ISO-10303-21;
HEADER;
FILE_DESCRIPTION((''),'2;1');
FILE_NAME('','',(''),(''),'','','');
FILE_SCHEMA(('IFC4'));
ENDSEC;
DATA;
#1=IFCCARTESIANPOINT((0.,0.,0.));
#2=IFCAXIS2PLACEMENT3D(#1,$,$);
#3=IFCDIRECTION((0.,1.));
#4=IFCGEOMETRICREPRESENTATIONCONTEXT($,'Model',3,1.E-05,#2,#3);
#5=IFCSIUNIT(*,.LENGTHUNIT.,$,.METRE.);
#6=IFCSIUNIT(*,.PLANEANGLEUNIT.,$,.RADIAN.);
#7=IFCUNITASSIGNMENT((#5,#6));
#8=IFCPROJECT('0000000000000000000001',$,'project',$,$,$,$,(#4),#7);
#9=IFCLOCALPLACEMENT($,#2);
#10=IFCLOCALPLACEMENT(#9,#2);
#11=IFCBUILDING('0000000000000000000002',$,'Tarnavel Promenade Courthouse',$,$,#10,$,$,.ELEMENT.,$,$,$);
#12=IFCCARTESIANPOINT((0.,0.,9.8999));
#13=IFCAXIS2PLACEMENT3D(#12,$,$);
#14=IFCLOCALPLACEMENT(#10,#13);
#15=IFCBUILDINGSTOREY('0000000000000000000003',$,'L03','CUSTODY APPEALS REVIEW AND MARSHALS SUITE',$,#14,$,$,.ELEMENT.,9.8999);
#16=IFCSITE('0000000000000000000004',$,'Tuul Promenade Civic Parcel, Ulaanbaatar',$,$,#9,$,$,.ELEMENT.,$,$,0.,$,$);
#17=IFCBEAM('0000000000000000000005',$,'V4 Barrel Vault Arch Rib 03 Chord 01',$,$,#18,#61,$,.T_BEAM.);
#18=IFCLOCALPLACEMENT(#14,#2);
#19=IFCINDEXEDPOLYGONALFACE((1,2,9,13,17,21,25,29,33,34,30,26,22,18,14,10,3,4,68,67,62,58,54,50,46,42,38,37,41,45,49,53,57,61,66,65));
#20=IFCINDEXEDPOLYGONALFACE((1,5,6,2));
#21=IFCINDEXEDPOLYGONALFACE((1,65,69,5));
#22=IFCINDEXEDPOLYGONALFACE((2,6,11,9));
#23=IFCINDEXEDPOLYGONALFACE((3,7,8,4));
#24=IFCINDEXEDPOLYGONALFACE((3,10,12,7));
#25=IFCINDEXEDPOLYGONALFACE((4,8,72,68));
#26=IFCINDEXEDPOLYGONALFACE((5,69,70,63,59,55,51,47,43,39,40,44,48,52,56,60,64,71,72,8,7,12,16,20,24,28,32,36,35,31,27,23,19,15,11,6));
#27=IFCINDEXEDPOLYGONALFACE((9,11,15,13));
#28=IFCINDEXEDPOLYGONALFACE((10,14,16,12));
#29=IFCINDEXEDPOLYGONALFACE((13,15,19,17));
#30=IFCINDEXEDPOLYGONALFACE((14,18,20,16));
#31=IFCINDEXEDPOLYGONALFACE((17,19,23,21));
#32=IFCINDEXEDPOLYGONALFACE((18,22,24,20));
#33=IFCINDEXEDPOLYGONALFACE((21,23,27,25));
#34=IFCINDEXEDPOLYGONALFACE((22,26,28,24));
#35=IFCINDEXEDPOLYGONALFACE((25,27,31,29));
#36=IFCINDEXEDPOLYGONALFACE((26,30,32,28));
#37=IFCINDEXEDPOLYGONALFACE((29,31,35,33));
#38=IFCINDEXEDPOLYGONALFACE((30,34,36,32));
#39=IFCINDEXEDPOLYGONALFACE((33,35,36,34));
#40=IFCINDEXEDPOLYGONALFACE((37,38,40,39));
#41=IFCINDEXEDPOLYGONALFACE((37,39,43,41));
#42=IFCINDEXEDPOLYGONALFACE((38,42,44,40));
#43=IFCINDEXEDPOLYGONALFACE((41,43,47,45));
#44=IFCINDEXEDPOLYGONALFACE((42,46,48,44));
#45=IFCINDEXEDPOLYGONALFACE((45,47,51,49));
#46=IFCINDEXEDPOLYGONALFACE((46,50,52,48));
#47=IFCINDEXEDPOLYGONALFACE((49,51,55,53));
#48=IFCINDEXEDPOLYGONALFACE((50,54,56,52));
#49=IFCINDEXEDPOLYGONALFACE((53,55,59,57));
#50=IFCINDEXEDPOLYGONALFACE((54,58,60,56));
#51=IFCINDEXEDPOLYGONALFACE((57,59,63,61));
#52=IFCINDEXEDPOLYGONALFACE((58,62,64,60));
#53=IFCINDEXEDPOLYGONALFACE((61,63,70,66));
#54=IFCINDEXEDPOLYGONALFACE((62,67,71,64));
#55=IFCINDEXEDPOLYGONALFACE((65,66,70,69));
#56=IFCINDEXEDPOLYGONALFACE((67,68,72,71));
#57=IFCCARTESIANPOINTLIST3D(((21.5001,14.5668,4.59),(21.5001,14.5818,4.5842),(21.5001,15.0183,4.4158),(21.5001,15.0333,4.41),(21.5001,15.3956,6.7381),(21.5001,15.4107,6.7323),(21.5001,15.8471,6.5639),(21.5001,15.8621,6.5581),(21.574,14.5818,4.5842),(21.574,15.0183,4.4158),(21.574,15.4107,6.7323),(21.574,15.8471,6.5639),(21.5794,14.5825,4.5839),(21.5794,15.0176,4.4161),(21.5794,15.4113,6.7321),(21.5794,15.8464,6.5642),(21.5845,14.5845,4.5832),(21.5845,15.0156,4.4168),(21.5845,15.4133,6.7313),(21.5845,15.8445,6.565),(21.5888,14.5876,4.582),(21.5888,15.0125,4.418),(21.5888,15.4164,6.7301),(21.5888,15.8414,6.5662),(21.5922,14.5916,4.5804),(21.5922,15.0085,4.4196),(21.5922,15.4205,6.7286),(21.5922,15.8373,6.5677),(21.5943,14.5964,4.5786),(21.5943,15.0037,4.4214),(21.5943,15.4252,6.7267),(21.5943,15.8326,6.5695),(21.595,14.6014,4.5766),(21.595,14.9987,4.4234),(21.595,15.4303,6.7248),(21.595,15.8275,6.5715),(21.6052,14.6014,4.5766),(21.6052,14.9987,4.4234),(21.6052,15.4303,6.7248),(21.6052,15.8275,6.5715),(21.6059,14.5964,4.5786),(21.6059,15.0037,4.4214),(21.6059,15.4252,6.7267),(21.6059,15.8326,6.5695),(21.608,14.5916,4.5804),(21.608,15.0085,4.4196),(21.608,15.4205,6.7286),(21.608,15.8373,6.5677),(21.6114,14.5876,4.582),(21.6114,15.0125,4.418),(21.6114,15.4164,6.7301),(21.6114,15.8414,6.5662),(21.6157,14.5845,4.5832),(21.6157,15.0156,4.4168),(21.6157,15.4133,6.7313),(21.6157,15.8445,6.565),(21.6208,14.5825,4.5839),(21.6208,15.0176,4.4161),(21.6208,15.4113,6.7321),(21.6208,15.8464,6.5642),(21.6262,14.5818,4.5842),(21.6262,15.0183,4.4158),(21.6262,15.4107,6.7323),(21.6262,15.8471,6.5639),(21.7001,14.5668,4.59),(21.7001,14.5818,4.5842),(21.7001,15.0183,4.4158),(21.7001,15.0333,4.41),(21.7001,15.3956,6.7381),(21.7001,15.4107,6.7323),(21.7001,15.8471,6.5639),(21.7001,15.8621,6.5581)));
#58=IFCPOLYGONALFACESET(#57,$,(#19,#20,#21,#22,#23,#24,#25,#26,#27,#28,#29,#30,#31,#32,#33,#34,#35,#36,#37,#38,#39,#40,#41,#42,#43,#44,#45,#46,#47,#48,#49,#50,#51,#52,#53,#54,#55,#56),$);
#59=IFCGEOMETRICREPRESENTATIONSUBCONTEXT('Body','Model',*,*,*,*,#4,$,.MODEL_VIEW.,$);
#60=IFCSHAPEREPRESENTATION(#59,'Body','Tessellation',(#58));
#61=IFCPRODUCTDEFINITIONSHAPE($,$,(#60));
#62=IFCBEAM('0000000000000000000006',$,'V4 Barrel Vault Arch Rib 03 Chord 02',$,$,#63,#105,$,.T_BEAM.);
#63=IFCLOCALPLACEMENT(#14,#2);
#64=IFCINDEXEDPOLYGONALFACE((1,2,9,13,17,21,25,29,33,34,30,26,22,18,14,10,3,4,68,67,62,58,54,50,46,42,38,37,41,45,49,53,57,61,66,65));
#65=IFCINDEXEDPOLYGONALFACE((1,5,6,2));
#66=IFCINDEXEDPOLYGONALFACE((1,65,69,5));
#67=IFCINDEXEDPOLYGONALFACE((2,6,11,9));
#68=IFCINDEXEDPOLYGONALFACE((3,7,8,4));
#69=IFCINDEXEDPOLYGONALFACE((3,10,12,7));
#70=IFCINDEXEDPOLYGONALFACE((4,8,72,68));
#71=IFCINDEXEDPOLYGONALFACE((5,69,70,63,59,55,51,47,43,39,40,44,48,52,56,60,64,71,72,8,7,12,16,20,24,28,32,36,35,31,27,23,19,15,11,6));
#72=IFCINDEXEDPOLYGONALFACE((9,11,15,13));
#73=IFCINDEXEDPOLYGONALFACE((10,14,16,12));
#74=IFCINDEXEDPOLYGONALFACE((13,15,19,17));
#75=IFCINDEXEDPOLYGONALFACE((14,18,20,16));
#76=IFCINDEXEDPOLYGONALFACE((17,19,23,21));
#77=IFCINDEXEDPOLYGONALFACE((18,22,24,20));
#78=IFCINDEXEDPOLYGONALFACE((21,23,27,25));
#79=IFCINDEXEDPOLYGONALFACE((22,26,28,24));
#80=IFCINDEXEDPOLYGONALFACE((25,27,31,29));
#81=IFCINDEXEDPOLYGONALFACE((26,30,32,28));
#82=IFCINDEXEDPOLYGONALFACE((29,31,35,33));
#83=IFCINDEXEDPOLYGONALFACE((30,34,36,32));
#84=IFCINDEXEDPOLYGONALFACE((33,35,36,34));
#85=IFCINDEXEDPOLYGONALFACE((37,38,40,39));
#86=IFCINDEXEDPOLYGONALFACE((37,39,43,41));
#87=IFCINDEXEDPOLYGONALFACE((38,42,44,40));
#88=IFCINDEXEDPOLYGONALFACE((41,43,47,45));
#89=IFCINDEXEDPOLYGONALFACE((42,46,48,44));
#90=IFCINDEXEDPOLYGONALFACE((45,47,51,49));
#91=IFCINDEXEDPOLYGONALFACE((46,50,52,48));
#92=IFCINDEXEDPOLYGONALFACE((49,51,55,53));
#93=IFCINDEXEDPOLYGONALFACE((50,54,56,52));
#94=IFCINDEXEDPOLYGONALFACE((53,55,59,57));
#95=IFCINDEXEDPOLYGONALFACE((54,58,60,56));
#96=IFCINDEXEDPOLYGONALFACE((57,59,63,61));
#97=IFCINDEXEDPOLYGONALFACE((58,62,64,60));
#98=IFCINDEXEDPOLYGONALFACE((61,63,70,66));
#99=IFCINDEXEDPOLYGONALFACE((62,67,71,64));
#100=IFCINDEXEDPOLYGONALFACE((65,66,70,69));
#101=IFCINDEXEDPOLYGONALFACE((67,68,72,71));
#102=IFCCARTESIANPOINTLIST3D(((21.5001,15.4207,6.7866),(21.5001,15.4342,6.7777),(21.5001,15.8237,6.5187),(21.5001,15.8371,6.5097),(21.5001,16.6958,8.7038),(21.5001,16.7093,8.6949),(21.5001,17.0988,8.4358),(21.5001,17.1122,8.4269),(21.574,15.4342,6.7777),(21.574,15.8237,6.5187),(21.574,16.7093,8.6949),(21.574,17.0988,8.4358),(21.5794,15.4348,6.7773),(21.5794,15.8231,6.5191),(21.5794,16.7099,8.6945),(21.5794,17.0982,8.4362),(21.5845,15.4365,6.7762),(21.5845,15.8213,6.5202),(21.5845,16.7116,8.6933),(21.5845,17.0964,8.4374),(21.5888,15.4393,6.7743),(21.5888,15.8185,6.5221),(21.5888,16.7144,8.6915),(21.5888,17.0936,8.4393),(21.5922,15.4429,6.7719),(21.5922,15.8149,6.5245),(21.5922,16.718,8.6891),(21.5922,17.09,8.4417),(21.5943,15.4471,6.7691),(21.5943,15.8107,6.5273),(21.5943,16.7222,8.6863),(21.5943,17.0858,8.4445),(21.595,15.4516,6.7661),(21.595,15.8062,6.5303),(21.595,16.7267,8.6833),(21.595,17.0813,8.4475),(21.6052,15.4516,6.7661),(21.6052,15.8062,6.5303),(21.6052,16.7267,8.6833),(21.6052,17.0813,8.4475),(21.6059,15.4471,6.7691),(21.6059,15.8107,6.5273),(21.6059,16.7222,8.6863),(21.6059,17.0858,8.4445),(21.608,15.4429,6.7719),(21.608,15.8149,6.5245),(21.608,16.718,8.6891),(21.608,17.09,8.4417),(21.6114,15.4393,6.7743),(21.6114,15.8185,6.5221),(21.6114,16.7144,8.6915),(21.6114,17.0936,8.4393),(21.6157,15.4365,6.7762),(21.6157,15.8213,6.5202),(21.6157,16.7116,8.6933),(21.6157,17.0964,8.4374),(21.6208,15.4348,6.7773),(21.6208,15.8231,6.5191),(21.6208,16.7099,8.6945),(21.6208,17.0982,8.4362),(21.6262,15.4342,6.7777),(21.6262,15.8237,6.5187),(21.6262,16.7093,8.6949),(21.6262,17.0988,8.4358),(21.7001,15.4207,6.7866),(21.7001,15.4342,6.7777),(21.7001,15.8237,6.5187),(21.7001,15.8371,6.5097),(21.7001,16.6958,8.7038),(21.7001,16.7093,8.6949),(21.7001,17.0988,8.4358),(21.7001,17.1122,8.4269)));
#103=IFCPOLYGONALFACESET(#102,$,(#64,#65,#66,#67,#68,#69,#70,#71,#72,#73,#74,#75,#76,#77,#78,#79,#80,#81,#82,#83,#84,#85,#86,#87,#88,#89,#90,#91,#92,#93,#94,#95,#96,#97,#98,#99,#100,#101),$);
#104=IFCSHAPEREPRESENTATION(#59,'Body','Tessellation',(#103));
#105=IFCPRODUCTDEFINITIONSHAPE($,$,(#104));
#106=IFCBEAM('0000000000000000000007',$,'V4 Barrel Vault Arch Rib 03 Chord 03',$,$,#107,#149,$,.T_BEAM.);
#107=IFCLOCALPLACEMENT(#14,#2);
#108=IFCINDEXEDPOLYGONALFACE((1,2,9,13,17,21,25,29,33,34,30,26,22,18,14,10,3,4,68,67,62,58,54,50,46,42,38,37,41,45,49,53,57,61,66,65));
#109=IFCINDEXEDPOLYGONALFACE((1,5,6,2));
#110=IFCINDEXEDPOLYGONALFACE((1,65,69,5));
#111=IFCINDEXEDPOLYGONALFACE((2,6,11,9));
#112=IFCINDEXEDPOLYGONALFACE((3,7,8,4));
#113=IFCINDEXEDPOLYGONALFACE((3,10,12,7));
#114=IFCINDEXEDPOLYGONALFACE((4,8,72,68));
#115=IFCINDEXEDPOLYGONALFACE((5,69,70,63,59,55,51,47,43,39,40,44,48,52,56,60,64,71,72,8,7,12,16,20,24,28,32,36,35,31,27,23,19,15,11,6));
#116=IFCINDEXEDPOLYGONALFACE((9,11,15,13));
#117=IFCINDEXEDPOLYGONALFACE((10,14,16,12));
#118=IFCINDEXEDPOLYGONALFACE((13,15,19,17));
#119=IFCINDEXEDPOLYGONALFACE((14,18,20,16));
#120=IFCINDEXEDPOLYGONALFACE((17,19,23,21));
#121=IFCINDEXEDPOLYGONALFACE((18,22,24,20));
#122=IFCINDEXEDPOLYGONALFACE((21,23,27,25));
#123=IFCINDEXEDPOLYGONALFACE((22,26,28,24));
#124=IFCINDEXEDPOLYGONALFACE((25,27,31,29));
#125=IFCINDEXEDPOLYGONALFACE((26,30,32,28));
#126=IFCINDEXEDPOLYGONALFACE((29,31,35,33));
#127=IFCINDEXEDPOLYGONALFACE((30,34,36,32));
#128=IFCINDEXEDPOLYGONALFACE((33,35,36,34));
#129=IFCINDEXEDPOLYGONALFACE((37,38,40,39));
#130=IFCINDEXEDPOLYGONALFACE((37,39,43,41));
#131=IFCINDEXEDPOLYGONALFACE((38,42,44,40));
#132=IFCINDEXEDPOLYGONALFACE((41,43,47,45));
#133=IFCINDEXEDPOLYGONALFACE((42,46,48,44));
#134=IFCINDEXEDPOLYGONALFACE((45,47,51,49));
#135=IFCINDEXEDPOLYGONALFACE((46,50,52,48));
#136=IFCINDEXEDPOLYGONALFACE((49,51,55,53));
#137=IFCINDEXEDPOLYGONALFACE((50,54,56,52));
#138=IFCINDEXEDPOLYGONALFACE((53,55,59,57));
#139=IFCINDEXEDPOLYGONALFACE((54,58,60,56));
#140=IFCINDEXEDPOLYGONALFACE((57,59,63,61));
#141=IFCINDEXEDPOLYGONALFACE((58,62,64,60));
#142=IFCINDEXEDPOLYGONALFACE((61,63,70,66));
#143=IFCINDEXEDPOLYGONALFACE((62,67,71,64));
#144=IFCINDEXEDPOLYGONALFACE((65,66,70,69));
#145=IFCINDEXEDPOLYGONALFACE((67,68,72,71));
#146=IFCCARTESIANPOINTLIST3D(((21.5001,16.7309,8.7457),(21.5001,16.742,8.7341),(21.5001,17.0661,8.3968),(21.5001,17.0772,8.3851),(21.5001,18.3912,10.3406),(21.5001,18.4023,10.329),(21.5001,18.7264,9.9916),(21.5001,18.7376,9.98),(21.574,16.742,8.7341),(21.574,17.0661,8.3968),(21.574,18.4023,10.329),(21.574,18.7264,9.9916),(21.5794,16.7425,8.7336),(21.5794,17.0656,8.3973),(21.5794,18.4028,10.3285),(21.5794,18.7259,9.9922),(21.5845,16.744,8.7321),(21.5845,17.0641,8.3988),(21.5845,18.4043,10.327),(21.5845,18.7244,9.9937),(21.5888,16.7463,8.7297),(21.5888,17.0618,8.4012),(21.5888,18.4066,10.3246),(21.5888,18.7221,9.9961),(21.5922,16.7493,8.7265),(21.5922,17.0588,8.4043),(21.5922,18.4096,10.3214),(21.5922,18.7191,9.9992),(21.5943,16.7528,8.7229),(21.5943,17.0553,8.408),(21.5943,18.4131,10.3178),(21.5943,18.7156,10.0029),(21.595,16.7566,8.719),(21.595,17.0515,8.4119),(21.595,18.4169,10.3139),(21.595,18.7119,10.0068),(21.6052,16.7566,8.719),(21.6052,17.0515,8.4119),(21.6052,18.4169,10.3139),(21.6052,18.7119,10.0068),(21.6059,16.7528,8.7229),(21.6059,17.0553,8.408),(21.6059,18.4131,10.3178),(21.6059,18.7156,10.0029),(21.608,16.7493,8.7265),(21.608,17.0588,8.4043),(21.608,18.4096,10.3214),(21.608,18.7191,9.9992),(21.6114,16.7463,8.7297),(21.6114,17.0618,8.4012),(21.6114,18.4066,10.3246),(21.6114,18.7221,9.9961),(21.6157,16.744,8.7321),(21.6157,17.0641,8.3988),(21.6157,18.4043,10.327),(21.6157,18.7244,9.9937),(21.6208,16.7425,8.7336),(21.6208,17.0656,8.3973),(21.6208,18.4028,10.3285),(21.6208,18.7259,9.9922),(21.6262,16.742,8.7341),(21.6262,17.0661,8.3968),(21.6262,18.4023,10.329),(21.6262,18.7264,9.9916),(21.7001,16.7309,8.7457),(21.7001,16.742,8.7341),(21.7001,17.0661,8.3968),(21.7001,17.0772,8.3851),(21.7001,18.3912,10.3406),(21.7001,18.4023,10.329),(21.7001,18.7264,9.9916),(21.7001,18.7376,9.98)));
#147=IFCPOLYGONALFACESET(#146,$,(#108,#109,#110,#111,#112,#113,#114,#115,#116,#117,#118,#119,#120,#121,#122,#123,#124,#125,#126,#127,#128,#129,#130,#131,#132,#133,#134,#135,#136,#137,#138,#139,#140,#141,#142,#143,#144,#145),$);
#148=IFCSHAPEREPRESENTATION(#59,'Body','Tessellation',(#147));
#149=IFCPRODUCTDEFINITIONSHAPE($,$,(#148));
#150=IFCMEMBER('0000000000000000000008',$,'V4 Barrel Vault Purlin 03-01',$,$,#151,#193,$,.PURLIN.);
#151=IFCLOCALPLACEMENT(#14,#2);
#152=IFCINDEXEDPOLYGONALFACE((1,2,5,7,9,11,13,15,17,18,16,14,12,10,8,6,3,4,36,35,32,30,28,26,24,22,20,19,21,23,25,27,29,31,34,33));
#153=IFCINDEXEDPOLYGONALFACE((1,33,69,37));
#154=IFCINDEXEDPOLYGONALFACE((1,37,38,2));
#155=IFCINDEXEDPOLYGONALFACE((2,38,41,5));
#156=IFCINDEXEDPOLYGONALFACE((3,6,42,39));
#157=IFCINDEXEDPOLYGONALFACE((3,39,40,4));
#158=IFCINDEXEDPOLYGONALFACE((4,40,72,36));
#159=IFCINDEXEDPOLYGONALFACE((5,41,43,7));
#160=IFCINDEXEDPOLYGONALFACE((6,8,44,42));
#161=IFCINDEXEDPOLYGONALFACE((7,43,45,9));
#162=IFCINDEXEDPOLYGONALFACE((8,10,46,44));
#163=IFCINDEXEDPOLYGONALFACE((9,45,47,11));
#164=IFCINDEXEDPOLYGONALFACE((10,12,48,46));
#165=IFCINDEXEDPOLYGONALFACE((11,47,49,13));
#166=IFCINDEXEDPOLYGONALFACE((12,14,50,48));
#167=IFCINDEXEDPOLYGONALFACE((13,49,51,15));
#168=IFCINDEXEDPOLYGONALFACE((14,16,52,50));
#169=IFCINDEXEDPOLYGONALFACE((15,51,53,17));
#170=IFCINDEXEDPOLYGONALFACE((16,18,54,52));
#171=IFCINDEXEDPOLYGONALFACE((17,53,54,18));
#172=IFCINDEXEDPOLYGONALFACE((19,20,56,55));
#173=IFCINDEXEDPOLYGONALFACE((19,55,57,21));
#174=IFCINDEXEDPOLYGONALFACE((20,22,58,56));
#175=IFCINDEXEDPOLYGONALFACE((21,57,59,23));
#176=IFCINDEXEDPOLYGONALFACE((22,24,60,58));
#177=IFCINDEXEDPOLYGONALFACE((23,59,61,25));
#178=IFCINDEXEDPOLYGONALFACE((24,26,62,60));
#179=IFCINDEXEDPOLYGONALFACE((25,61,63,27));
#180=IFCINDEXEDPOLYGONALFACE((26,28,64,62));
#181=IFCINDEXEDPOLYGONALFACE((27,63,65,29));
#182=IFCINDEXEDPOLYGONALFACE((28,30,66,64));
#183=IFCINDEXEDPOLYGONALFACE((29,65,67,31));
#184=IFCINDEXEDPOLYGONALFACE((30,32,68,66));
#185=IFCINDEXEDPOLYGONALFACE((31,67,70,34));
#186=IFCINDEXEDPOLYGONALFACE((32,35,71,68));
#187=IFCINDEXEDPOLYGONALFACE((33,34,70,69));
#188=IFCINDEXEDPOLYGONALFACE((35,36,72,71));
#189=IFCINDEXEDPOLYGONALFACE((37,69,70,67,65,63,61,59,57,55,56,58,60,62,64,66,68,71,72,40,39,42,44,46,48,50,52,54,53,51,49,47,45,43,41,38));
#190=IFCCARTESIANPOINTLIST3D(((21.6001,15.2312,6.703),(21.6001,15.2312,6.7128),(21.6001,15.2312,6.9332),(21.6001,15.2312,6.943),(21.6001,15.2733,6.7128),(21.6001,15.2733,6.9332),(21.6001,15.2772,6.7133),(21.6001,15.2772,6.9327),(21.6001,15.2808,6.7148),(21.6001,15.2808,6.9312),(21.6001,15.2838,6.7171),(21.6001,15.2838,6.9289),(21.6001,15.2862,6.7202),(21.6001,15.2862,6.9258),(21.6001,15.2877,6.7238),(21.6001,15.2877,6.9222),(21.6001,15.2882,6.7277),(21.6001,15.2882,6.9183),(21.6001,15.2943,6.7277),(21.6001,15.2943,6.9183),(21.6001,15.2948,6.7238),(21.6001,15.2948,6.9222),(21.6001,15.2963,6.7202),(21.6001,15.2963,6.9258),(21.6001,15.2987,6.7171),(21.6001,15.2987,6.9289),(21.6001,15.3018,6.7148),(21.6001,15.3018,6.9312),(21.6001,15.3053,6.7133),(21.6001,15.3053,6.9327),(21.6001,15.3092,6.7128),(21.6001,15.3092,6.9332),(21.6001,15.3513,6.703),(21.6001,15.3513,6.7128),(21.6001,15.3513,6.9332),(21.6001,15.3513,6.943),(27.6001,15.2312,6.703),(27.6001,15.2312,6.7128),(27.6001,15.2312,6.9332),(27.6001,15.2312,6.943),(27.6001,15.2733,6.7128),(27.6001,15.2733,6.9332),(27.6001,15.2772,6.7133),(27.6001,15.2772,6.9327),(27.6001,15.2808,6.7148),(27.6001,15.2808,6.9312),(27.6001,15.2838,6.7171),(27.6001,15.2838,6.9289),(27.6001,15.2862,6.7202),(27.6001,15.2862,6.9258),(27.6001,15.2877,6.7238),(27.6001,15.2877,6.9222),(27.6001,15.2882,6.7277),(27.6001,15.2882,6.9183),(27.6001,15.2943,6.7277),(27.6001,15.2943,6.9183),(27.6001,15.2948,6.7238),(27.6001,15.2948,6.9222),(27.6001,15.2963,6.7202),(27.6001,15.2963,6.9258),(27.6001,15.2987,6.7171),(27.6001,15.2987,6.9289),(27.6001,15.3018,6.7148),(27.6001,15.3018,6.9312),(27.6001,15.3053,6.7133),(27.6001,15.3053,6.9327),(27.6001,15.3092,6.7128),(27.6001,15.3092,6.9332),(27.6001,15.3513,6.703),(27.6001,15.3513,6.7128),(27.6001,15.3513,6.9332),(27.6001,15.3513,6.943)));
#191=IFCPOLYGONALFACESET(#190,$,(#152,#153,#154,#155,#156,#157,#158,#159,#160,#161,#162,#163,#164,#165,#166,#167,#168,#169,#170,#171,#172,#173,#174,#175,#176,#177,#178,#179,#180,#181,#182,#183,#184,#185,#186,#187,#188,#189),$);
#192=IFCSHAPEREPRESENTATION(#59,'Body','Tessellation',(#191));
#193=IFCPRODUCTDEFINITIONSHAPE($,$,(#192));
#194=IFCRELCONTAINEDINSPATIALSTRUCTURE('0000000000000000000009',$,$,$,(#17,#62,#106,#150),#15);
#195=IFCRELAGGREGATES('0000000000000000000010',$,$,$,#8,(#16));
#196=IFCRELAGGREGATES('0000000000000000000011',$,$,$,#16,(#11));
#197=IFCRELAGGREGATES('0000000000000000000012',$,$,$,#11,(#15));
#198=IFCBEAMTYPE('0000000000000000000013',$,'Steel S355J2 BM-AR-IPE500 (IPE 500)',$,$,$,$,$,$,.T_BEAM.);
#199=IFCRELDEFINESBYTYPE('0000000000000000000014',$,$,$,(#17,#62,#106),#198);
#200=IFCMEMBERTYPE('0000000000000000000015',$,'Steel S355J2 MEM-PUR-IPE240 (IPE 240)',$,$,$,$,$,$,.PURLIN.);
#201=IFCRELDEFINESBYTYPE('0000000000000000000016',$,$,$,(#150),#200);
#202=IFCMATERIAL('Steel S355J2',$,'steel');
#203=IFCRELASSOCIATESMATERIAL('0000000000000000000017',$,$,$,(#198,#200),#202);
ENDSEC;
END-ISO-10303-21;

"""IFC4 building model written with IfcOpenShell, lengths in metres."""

from ifc_helpers import new_model, si_unit, direction, frame, origin, origin_2d, place, context, subcontext, project, spatial, i_section, extrude, material, material_profile, profile_set, type_object, element, save


model = new_model("IFC4")

# Units and contexts
model_context = context("Model", 3, precision=1e-05, world=origin(), true_north=direction((0.0, 1.0)))
body_context = subcontext(model_context, "Body", "Model", "MODEL_VIEW")
ifc_project = project(units=[si_unit("LENGTHUNIT", "METRE"), si_unit("PLANEANGLEUNIT", "RADIAN")], contexts=[model_context])

# Site, building, storey
site_placement = place(None, origin())
site = spatial("IfcSite", under=ifc_project, at=site_placement, Name="Tuul Promenade Civic Parcel, Ulaanbaatar", CompositionType="ELEMENT", RefElevation=0.0)
building_placement = place(site_placement, origin())
building = spatial("IfcBuilding", under=site, at=building_placement, Name="Tarnavel Promenade Courthouse", CompositionType="ELEMENT")
storey_placement = place(building_placement, frame((0.0, 0.0, 9.8999)))
storey = spatial("IfcBuildingStorey", under=building, at=storey_placement, Name="L03", Description="CUSTODY APPEALS REVIEW AND MARSHALS SUITE", CompositionType="ELEMENT", Elevation=9.8999)

# Beams
ifc_material_1 = material(Name="Steel S355J2", Category="steel")
ifc_material_profile_1 = material_profile(ifc_material_1, i_section(OverallWidth=0.2, OverallDepth=0.5, WebThickness=0.0103, FlangeThickness=0.0161, FilletRadius=0.021, at=origin_2d()), Name="IPE 500")
ifc_profile_set_1 = profile_set([ifc_material_profile_1], Name="Steel S355J2")
beam_type = type_object("IfcBeamType", Name="Steel S355J2 BM-AR-IPE500 (IPE 500)", PredefinedType="T_BEAM", material=ifc_profile_set_1)
for number, where, z_axis, x_axis, name in (
    (1, (21.6001, 14.8, 4.5), (0.0, 0.359974, 0.932962), (-1.0, 0.0, 0.0), "V4 Barrel Vault Arch Rib 03 Chord 01"),
    (2, (21.6001, 15.6289, 6.6482), (0.0, 0.553795, 0.832653), (-1.0, 0.0, 0.0), "V4 Barrel Vault Arch Rib 03 Chord 02"),
):
    element("IfcBeam", number, at=place(storey_placement, frame(where, z_axis=z_axis, x_axis=x_axis)), inside=storey, type_object=beam_type, Name=name, PredefinedType="T_BEAM", context=body_context, shape_type="SweptSolid", body=[
        extrude(i_section(OverallWidth=0.2, OverallDepth=0.5, WebThickness=0.0103, FlangeThickness=0.0161, FilletRadius=0.021, at=origin_2d()), origin(), (0.0, 0.0, 1.0), 2.3025),
    ])
beam_placement = place(storey_placement, frame((21.6001, 16.9041, 8.5654), z_axis=(0.0, 0.721173, 0.692755), x_axis=(-1.0, 0.0, 0.0)))
element("IfcBeam", 3, at=beam_placement, inside=storey, type_object=beam_type, Name="V4 Barrel Vault Arch Rib 03 Chord 03", PredefinedType="T_BEAM", context=body_context, shape_type="SweptSolid", body=[
    extrude(i_section(OverallWidth=0.2, OverallDepth=0.5, WebThickness=0.0103, FlangeThickness=0.0161, FilletRadius=0.021, at=origin_2d()), origin(), (0.0, 0.0, 1.0), 2.3022),
])

# Member
ifc_material_profile_2 = material_profile(ifc_material_1, i_section(OverallWidth=0.1201, OverallDepth=0.24, WebThickness=0.0061, FlangeThickness=0.0098, FilletRadius=0.0149, at=origin_2d()), Name="IPE 240")
ifc_profile_set_2 = profile_set([ifc_material_profile_2], Name="Steel S355J2")
member_type_1 = type_object("IfcMemberType", Name="Steel S355J2 MEM-PUR-IPE240 (IPE 240)", PredefinedType="PURLIN", material=ifc_profile_set_2)
for number, where, z_axis, x_axis, name in (
    (4, (21.6001, 15.2913, 6.823), (1.0, 0.0, 0.0), (0.0, 1.0, 0.0), "V4 Barrel Vault Purlin 03-01"),
):
    element("IfcMember", number, at=place(storey_placement, frame(where, z_axis=z_axis, x_axis=x_axis)), inside=storey, type_object=member_type_1, Name=name, PredefinedType="PURLIN", context=body_context, shape_type="SweptSolid", body=[
        extrude(i_section(OverallWidth=0.1201, OverallDepth=0.24, WebThickness=0.0061, FlangeThickness=0.0098, FilletRadius=0.0149, at=origin_2d()), origin(), (0.0, 0.0, 1.0), 6.0),
    ])

save(model, "model.ifc")
